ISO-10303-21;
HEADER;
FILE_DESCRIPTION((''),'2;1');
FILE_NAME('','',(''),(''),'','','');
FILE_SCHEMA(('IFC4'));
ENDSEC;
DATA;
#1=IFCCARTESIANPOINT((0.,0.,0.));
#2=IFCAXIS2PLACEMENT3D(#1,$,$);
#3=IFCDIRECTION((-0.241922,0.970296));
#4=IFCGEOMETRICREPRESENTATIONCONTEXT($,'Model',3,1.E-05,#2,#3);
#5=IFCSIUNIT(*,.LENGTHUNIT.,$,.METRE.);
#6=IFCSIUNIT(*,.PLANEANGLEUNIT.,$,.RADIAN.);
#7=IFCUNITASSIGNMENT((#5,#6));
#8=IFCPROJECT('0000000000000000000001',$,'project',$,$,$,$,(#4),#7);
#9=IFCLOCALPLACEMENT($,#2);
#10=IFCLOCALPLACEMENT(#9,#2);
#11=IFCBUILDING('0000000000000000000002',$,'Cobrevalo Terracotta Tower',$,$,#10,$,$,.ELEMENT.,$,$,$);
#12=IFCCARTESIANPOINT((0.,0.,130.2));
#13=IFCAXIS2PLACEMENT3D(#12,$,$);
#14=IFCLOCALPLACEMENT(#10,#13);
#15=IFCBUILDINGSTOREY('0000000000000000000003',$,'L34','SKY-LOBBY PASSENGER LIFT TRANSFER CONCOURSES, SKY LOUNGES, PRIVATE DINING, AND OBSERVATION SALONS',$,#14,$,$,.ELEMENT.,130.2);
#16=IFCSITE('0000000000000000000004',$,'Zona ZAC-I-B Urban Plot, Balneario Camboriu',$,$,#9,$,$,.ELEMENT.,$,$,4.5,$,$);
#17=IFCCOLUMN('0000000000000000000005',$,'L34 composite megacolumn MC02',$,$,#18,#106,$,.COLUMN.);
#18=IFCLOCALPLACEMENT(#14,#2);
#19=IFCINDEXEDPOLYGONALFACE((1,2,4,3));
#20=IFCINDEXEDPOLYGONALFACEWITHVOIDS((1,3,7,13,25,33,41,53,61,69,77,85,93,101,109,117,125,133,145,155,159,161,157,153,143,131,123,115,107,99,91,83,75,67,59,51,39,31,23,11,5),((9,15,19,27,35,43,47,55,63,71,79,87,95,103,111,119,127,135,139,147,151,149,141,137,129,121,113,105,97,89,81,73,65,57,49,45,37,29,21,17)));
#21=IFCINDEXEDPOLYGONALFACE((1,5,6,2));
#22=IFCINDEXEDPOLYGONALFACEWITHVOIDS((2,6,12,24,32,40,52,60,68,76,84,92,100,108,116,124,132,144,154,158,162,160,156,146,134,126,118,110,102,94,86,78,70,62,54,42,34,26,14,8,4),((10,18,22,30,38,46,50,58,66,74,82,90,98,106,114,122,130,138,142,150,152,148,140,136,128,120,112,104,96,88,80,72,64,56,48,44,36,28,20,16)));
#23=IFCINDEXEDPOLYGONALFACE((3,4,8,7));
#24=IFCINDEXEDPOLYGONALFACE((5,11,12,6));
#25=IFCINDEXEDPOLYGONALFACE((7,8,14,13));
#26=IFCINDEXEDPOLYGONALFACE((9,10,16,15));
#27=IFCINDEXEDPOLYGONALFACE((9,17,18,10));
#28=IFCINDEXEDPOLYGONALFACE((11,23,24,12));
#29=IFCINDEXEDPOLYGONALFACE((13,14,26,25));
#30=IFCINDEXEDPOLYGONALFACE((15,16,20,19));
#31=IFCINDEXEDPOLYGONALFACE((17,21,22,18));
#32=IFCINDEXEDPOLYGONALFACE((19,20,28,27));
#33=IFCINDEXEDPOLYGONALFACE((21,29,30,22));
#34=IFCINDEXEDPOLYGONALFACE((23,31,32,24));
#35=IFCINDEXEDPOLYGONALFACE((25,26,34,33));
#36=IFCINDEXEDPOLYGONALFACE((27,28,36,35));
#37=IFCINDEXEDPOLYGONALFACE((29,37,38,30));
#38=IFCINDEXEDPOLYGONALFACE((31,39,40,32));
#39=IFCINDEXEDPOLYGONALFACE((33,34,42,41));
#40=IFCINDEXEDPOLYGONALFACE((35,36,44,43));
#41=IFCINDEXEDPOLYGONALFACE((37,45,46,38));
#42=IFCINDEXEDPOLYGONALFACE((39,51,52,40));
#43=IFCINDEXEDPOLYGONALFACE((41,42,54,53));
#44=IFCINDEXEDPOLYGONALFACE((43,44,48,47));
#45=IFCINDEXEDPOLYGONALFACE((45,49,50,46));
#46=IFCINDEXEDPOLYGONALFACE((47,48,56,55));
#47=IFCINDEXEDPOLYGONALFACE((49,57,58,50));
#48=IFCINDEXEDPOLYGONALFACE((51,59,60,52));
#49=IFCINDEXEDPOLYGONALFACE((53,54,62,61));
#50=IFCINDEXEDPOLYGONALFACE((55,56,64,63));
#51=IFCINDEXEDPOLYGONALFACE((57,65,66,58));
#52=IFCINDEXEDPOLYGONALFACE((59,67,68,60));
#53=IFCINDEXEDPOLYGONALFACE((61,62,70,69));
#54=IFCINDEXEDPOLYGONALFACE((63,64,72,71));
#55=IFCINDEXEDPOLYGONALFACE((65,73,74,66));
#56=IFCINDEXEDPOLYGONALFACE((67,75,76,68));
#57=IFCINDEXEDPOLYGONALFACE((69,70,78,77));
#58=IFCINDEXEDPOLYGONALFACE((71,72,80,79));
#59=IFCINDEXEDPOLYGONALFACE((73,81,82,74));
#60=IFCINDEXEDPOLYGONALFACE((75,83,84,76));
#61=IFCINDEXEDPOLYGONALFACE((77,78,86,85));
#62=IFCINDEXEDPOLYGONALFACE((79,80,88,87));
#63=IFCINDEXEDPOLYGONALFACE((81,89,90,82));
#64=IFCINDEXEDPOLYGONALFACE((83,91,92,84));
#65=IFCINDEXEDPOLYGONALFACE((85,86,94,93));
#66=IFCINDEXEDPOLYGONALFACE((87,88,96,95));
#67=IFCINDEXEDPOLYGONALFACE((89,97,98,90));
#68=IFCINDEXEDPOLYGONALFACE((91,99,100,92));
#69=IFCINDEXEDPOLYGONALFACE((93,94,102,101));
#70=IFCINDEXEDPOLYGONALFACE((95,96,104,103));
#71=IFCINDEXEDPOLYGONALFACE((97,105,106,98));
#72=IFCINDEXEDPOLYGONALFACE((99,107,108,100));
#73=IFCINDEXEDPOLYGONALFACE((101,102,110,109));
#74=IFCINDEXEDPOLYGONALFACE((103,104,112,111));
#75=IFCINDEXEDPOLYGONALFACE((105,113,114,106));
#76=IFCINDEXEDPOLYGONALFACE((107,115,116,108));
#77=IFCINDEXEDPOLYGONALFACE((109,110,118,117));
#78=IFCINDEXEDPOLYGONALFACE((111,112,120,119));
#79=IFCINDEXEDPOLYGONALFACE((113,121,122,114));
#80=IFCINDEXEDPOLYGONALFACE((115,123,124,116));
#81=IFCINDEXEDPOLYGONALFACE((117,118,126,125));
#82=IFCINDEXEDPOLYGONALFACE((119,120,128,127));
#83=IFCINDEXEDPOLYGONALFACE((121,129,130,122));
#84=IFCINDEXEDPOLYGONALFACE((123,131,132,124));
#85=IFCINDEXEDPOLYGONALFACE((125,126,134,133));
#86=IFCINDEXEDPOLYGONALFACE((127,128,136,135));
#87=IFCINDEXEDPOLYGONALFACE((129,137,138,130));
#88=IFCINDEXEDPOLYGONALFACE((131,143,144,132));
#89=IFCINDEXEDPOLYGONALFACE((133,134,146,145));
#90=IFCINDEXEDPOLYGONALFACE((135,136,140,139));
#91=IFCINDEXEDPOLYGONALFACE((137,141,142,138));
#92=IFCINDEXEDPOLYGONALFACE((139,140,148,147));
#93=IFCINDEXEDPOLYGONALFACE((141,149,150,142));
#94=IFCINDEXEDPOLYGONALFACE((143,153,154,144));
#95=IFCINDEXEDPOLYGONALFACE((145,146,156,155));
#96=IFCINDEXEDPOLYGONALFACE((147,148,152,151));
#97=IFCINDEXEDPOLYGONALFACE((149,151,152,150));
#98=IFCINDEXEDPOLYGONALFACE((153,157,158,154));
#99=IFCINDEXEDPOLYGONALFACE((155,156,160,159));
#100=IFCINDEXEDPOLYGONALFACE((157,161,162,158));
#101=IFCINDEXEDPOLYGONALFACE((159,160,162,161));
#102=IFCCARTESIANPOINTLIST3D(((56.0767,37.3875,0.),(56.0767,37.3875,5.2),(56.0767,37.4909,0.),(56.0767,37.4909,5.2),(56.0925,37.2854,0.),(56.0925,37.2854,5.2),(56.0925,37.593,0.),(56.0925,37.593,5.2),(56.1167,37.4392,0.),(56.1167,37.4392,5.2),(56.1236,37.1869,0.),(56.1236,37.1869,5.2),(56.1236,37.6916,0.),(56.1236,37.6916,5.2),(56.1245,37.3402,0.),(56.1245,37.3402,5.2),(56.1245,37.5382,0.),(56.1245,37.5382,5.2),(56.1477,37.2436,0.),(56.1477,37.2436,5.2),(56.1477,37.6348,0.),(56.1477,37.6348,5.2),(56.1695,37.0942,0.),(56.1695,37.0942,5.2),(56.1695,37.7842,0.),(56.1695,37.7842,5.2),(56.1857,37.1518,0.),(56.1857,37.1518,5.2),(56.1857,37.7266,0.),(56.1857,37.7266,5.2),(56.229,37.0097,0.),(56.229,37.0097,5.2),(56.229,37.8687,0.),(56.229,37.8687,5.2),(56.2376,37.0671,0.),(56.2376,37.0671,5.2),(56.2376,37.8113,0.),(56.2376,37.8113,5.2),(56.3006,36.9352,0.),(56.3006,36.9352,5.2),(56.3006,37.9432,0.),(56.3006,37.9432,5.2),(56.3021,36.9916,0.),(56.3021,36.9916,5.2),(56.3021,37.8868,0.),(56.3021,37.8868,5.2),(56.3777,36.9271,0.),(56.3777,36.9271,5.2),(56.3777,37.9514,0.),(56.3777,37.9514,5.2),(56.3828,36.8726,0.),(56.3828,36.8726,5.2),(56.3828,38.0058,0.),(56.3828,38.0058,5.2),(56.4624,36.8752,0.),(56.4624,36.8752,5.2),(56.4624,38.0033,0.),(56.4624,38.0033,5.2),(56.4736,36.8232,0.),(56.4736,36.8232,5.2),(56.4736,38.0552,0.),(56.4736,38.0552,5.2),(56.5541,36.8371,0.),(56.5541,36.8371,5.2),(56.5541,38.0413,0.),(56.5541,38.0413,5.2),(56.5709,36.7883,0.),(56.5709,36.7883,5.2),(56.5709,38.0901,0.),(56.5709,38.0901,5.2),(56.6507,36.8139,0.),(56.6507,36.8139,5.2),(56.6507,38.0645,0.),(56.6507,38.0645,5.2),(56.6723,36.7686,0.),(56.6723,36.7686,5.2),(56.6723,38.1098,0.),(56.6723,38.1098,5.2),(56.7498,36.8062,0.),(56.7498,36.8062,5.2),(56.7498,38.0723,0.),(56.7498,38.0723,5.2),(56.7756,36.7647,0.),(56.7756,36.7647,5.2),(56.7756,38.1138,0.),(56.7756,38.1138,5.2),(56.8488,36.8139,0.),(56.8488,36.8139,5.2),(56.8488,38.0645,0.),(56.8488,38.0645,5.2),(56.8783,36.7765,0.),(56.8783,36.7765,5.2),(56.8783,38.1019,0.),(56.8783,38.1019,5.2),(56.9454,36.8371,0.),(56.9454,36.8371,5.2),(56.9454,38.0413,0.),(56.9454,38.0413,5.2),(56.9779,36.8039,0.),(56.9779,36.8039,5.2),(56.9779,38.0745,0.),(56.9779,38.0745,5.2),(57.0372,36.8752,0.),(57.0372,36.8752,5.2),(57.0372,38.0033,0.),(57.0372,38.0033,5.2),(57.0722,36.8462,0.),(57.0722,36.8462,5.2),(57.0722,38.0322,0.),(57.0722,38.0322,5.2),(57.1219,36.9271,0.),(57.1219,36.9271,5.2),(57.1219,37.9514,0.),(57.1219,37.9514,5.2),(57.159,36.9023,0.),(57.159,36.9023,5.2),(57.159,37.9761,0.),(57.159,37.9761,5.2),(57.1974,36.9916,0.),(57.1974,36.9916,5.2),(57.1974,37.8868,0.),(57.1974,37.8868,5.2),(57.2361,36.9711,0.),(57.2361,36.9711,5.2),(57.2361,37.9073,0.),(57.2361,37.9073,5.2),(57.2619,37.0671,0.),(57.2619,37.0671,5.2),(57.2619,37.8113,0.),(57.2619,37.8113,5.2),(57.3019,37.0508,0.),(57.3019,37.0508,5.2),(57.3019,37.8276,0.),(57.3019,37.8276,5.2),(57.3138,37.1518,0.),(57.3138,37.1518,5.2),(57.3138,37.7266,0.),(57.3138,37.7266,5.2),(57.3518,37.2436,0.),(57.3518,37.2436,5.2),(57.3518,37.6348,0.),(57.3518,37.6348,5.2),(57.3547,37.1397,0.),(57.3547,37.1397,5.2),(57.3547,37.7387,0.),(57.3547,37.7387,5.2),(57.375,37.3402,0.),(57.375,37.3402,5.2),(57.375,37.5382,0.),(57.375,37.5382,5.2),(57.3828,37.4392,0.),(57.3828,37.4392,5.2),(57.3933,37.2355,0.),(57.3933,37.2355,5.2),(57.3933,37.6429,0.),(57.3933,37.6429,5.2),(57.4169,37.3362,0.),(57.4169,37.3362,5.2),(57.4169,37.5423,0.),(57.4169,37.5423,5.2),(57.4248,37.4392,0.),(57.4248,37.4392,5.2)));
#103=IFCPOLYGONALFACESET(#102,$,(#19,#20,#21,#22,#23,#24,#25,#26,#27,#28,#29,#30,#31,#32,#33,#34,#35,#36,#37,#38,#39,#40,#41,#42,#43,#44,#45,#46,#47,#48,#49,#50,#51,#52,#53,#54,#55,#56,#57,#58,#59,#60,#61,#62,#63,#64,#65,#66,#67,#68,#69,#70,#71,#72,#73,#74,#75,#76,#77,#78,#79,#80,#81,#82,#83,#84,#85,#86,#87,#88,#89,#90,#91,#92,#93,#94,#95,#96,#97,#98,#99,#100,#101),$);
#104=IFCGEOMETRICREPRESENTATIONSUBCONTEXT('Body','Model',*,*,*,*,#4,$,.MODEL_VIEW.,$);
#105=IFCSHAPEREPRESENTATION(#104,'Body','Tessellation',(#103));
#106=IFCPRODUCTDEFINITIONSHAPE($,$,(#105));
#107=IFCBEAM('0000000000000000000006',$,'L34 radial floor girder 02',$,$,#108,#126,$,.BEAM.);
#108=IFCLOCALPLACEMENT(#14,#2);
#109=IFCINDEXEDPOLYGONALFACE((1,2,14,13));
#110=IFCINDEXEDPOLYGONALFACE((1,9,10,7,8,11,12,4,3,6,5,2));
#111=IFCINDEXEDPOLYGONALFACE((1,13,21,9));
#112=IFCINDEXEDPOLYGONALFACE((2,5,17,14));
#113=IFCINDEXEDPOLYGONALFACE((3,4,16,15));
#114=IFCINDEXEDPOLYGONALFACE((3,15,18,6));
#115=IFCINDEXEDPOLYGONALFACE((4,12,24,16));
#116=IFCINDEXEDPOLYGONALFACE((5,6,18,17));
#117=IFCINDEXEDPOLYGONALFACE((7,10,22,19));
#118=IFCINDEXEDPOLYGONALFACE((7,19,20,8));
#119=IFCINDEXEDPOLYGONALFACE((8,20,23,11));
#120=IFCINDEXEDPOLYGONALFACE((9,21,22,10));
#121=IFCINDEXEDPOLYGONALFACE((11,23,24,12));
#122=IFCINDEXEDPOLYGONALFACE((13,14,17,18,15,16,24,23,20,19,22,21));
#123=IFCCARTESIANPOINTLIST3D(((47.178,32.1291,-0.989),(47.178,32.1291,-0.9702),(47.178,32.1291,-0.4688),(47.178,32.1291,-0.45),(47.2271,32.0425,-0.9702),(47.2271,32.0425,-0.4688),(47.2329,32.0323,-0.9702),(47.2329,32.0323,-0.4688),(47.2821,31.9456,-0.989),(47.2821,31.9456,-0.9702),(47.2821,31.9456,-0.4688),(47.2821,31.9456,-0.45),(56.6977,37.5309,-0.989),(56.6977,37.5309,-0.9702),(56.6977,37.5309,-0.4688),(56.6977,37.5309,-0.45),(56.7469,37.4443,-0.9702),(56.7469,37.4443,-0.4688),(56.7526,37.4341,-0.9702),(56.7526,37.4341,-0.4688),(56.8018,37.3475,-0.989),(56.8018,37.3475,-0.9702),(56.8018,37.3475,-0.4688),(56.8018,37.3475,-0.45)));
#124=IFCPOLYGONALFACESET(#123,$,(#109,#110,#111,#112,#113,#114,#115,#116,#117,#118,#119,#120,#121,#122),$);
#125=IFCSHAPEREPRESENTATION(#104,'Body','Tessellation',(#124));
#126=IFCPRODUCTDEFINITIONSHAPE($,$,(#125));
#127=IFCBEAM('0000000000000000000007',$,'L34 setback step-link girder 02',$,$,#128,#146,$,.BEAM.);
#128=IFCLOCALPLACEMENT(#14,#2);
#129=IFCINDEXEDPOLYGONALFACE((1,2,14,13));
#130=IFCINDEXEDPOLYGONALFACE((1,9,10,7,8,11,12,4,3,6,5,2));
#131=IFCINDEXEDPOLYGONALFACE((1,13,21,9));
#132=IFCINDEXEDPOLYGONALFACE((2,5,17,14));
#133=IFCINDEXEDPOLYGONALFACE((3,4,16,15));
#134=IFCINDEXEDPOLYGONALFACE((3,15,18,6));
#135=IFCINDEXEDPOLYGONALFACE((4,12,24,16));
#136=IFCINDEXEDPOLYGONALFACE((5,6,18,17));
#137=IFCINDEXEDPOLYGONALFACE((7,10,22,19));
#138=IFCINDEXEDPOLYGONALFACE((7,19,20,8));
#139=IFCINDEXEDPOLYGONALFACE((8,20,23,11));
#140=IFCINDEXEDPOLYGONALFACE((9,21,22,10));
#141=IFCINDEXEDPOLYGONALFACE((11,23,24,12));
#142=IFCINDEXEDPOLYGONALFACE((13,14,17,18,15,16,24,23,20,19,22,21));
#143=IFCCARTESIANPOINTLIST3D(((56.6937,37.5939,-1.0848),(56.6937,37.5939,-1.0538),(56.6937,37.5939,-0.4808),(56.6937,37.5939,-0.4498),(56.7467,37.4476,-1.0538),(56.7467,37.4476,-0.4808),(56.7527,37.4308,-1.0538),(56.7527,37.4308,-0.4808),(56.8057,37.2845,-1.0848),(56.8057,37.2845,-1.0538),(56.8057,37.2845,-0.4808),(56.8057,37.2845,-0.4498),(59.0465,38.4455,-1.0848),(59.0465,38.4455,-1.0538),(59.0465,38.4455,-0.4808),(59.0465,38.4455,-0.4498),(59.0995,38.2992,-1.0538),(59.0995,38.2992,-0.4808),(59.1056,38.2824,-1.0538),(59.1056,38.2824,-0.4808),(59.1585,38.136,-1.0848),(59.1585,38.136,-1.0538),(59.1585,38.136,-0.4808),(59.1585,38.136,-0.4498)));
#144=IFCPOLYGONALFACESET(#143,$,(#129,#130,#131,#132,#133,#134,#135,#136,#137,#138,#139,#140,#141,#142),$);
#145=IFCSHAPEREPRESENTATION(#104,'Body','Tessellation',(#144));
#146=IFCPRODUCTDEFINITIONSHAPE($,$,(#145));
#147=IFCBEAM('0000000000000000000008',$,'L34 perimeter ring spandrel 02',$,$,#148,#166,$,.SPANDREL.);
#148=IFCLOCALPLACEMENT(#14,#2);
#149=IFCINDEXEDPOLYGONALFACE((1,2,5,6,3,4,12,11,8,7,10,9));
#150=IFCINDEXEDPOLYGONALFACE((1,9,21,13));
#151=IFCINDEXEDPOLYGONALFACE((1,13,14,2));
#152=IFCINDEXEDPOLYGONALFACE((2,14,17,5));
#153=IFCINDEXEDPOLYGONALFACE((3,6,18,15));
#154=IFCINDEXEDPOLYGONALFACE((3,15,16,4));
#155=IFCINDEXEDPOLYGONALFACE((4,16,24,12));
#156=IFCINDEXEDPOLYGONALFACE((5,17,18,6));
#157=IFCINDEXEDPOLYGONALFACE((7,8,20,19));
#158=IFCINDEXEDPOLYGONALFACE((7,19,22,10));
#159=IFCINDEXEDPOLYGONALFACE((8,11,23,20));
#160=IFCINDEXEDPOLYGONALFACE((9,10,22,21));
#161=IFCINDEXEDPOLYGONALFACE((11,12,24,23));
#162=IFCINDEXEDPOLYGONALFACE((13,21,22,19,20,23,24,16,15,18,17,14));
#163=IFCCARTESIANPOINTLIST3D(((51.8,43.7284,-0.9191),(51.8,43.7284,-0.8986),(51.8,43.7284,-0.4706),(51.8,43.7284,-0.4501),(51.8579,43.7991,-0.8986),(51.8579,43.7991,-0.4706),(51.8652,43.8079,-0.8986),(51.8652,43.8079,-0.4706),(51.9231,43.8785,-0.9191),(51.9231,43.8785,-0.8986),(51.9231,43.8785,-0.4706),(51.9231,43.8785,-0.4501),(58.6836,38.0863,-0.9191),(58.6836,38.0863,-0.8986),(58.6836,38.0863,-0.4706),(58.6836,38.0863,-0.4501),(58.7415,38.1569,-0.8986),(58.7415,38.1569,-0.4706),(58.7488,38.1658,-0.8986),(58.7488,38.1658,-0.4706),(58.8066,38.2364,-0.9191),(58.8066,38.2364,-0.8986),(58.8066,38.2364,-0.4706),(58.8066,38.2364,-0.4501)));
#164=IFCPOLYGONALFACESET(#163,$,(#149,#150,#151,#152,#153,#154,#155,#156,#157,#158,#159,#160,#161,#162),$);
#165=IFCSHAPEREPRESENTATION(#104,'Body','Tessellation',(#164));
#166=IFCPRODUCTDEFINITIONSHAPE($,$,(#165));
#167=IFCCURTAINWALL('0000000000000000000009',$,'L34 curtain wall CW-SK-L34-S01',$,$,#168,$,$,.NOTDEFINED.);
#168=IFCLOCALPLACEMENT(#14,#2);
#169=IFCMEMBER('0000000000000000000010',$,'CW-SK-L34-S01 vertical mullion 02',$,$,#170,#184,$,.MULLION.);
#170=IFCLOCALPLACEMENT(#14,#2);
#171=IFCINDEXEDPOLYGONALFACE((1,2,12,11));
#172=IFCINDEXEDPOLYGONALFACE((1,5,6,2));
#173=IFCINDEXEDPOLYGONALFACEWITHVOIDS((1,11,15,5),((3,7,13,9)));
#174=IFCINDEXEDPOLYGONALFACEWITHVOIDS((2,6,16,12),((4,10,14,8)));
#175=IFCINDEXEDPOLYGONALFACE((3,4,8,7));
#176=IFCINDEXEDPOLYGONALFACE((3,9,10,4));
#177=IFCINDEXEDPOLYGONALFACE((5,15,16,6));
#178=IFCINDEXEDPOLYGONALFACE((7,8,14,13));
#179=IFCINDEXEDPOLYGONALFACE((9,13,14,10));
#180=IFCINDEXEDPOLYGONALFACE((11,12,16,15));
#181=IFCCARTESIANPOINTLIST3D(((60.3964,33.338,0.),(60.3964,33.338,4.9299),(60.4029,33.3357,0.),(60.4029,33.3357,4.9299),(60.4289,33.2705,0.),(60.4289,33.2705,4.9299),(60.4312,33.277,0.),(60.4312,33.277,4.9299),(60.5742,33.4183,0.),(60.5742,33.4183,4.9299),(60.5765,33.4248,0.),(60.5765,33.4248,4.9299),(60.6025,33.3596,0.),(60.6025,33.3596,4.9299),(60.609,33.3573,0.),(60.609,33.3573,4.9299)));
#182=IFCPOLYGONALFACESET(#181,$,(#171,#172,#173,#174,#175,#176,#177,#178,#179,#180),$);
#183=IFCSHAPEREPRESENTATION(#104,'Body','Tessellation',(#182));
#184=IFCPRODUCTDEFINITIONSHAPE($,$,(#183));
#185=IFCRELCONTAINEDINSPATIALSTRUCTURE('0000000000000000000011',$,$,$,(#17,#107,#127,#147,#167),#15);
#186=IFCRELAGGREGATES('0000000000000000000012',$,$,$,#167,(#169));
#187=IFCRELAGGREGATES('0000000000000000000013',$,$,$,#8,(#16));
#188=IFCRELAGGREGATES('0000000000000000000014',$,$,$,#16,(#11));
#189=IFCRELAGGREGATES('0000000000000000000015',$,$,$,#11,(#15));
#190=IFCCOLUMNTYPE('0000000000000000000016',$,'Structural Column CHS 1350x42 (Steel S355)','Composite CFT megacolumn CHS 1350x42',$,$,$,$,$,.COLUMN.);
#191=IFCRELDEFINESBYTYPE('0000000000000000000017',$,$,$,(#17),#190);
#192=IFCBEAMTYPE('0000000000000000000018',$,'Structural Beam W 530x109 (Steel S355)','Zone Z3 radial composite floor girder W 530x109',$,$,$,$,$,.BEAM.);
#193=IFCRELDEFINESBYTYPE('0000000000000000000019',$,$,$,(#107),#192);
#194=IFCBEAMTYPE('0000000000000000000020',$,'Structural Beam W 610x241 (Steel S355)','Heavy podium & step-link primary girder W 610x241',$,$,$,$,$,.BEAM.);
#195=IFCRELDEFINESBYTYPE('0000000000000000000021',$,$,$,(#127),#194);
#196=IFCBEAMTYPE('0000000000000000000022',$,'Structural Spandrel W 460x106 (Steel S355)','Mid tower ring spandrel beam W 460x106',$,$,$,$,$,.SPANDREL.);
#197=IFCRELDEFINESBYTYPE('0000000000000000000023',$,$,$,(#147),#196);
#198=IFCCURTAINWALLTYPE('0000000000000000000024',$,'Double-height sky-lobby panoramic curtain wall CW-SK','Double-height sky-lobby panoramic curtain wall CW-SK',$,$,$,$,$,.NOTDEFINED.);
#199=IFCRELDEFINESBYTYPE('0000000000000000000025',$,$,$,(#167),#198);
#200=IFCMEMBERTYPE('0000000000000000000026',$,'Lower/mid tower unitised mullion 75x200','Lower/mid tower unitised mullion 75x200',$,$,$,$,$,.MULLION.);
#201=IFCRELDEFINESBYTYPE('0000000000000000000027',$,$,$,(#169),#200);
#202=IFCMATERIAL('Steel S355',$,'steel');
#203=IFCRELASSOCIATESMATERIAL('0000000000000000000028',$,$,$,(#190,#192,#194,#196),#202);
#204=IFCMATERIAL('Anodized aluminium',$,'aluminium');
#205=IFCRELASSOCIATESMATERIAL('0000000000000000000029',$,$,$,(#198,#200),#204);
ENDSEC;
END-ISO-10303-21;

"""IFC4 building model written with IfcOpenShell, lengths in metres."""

from ifc_helpers import new_model, si_unit, direction, frame, origin, origin_2d, place, context, subcontext, project, spatial, hollow_rectangle, hollow_circle, i_section, extrude, source, transform, mapped, material, material_profile, profile_set, type_object, element, aggregate, save


model = new_model("IFC4")

# Units and contexts
model_context = context("Model", 3, precision=1e-05, world=origin(), true_north=direction((-0.241922, 0.970296)))
body_context = subcontext(model_context, "Body", "Model", "MODEL_VIEW")
ifc_project = project(units=[si_unit("LENGTHUNIT", "METRE"), si_unit("PLANEANGLEUNIT", "RADIAN")], contexts=[model_context])

# Site, building, storey
site_placement = place(None, origin())
site = spatial("IfcSite", under=ifc_project, at=site_placement, Name="Zona ZAC-I-B Urban Plot, Balneario Camboriu", CompositionType="ELEMENT", RefElevation=4.5)
building_placement = place(site_placement, origin())
building = spatial("IfcBuilding", under=site, at=building_placement, Name="Cobrevalo Terracotta Tower", CompositionType="ELEMENT")
storey_placement = place(building_placement, frame((0.0, 0.0, 130.2)))
storey = spatial("IfcBuildingStorey", under=building, at=storey_placement, Name="L34", Description="SKY-LOBBY PASSENGER LIFT TRANSFER CONCOURSES, SKY LOUNGES, PRIVATE DINING, AND OBSERVATION SALONS", CompositionType="ELEMENT", Elevation=130.2)

# Column
ifc_material_1 = material(Name="Steel S355", Category="steel")
ifc_material_profile_1 = material_profile(ifc_material_1, hollow_circle(Radius=0.675, WallThickness=0.042, at=origin_2d()), Name="CHS 1350x42")
ifc_profile_set_1 = profile_set([ifc_material_profile_1], Name="Steel S355")
column_type = type_object("IfcColumnType", Name="Structural Column CHS 1350x42 (Steel S355)", Description="Composite CFT megacolumn CHS 1350x42", PredefinedType="COLUMN", material=ifc_profile_set_1)
column_placement = place(storey_placement, frame((56.7498, 37.4392, 0.0), z_axis=(0.0, 0.0, 1.0), x_axis=(1.0, 0.0, 0.0)))
element("IfcColumn", 1, at=column_placement, inside=storey, type_object=column_type, Name="L34 composite megacolumn MC02", PredefinedType="COLUMN", context=body_context, shape_type="SweptSolid", body=[
    extrude(hollow_circle(Radius=0.675, WallThickness=0.042, at=origin_2d()), origin(), (0.0, 0.0, 1.0), 5.2),
])

# Beams
ifc_material_profile_2 = material_profile(ifc_material_1, i_section(OverallWidth=0.2109, OverallDepth=0.5391, WebThickness=0.0117, FlangeThickness=0.0188, at=origin_2d()), Name="W 530x109")
ifc_profile_set_2 = profile_set([ifc_material_profile_2], Name="Steel S355")
beam_type_1 = type_object("IfcBeamType", Name="Structural Beam W 530x109 (Steel S355)", Description="Zone Z3 radial composite floor girder W 530x109", PredefinedType="BEAM", material=ifc_profile_set_2)
beam_1_placement = place(storey_placement, frame((56.7498, 37.4392, -0.7195), z_axis=(-0.869735, -0.493518, 0.0), x_axis=(0.493518, -0.869735, 0.0)))
element("IfcBeam", 2, at=beam_1_placement, inside=storey, type_object=beam_type_1, Name="L34 radial floor girder 02", PredefinedType="BEAM", context=body_context, shape_type="SweptSolid", body=[
    extrude(i_section(OverallWidth=0.2109, OverallDepth=0.5391, WebThickness=0.0117, FlangeThickness=0.0188, at=origin_2d()), origin(), (0.0, 0.0, 1.0), 10.9456),
])
ifc_material_profile_3 = material_profile(ifc_material_1, i_section(OverallWidth=0.3291, OverallDepth=0.635, WebThickness=0.0178, FlangeThickness=0.031, at=origin_2d()), Name="W 610x241")
ifc_profile_set_3 = profile_set([ifc_material_profile_3], Name="Steel S355")
beam_type_2 = type_object("IfcBeamType", Name="Structural Beam W 610x241 (Steel S355)", Description="Heavy podium & step-link primary girder W 610x241", PredefinedType="BEAM", material=ifc_profile_set_3)
beam_2_placement = place(storey_placement, frame((59.1025, 38.2908, -0.7673), z_axis=(-0.940305, -0.340333, 0.0), x_axis=(0.340333, -0.940305, 0.0)))
element("IfcBeam", 3, at=beam_2_placement, inside=storey, type_object=beam_type_2, Name="L34 setback step-link girder 02", PredefinedType="BEAM", context=body_context, shape_type="SweptSolid", body=[
    extrude(i_section(OverallWidth=0.3291, OverallDepth=0.635, WebThickness=0.0178, FlangeThickness=0.031, at=origin_2d()), origin(), (0.0, 0.0, 1.0), 2.5022),
])
ifc_material_profile_4 = material_profile(ifc_material_1, i_section(OverallWidth=0.1941, OverallDepth=0.469, WebThickness=0.0115, FlangeThickness=0.0205, at=origin_2d()), Name="W 460x106")
ifc_profile_set_4 = profile_set([ifc_material_profile_4], Name="Steel S355")
beam_type_3 = type_object("IfcBeamType", Name="Structural Spandrel W 460x106 (Steel S355)", Description="Mid tower ring spandrel beam W 460x106", PredefinedType="SPANDREL", material=ifc_profile_set_4)
beam_3_placement = place(storey_placement, frame((58.7451, 38.1614, -0.6846), z_axis=(-0.773401, 0.633917, 0.0), x_axis=(-0.633917, -0.773401, 0.0)))
element("IfcBeam", 4, at=beam_3_placement, inside=storey, type_object=beam_type_3, Name="L34 perimeter ring spandrel 02", PredefinedType="SPANDREL", context=body_context, shape_type="SweptSolid", body=[
    extrude(i_section(OverallWidth=0.1941, OverallDepth=0.469, WebThickness=0.0115, FlangeThickness=0.0205, at=origin_2d()), origin(), (0.0, 0.0, 1.0), 8.9004),
])

# Curtain wall, member
ifc_material_2 = material(Name="Anodized aluminium", Category="aluminium")
curtain_wall_type = type_object("IfcCurtainWallType", Name="Double-height sky-lobby panoramic curtain wall CW-SK", Description="Double-height sky-lobby panoramic curtain wall CW-SK", PredefinedType="NOTDEFINED", material=ifc_material_2)
curtain_wall_1_placement = place(storey_placement, origin())
curtain_wall_1 = element("IfcCurtainWall", 5, at=curtain_wall_1_placement, inside=storey, type_object=curtain_wall_type, Name="L34 curtain wall CW-SK-L34-S01", PredefinedType="NOTDEFINED")
ifc_material_profile_5 = material_profile(ifc_material_2, hollow_rectangle(XDim=0.075, YDim=0.2, WallThickness=0.0049, at=origin_2d()), Name="CWM 75x200")
ifc_profile_set_5 = profile_set([ifc_material_profile_5], Name="Anodized aluminium")
member_type_1 = type_object("IfcMemberType", Name="Lower/mid tower unitised mullion 75x200", Description="Lower/mid tower unitised mullion 75x200", PredefinedType="MULLION", material=ifc_profile_set_5)
shared_shape_1 = source(origin(), body_context, "Body", "SweptSolid", [
    extrude(hollow_rectangle(XDim=0.075, YDim=0.2, WallThickness=0.0049, at=origin_2d()), origin(), (0.0, 0.0, 1.0), 4.9299),
])
member_1_placement = place(storey_placement, frame((60.5027, 33.3477, 0.0), z_axis=(0.0, 0.0, 1.0), x_axis=(-0.434209, 0.900812, 0.0)))
member_1 = element("IfcMember", 6, at=member_1_placement, type_object=member_type_1, Name="CW-SK-L34-S01 vertical mullion 02", PredefinedType="MULLION", context=body_context, shape_type="MappedRepresentation", body=[
    mapped(shared_shape_1, transform((0.0, 0.0, 0.0), scale=1.0)),
])

aggregate(curtain_wall_1, [member_1])

save(model, "model.ifc")
